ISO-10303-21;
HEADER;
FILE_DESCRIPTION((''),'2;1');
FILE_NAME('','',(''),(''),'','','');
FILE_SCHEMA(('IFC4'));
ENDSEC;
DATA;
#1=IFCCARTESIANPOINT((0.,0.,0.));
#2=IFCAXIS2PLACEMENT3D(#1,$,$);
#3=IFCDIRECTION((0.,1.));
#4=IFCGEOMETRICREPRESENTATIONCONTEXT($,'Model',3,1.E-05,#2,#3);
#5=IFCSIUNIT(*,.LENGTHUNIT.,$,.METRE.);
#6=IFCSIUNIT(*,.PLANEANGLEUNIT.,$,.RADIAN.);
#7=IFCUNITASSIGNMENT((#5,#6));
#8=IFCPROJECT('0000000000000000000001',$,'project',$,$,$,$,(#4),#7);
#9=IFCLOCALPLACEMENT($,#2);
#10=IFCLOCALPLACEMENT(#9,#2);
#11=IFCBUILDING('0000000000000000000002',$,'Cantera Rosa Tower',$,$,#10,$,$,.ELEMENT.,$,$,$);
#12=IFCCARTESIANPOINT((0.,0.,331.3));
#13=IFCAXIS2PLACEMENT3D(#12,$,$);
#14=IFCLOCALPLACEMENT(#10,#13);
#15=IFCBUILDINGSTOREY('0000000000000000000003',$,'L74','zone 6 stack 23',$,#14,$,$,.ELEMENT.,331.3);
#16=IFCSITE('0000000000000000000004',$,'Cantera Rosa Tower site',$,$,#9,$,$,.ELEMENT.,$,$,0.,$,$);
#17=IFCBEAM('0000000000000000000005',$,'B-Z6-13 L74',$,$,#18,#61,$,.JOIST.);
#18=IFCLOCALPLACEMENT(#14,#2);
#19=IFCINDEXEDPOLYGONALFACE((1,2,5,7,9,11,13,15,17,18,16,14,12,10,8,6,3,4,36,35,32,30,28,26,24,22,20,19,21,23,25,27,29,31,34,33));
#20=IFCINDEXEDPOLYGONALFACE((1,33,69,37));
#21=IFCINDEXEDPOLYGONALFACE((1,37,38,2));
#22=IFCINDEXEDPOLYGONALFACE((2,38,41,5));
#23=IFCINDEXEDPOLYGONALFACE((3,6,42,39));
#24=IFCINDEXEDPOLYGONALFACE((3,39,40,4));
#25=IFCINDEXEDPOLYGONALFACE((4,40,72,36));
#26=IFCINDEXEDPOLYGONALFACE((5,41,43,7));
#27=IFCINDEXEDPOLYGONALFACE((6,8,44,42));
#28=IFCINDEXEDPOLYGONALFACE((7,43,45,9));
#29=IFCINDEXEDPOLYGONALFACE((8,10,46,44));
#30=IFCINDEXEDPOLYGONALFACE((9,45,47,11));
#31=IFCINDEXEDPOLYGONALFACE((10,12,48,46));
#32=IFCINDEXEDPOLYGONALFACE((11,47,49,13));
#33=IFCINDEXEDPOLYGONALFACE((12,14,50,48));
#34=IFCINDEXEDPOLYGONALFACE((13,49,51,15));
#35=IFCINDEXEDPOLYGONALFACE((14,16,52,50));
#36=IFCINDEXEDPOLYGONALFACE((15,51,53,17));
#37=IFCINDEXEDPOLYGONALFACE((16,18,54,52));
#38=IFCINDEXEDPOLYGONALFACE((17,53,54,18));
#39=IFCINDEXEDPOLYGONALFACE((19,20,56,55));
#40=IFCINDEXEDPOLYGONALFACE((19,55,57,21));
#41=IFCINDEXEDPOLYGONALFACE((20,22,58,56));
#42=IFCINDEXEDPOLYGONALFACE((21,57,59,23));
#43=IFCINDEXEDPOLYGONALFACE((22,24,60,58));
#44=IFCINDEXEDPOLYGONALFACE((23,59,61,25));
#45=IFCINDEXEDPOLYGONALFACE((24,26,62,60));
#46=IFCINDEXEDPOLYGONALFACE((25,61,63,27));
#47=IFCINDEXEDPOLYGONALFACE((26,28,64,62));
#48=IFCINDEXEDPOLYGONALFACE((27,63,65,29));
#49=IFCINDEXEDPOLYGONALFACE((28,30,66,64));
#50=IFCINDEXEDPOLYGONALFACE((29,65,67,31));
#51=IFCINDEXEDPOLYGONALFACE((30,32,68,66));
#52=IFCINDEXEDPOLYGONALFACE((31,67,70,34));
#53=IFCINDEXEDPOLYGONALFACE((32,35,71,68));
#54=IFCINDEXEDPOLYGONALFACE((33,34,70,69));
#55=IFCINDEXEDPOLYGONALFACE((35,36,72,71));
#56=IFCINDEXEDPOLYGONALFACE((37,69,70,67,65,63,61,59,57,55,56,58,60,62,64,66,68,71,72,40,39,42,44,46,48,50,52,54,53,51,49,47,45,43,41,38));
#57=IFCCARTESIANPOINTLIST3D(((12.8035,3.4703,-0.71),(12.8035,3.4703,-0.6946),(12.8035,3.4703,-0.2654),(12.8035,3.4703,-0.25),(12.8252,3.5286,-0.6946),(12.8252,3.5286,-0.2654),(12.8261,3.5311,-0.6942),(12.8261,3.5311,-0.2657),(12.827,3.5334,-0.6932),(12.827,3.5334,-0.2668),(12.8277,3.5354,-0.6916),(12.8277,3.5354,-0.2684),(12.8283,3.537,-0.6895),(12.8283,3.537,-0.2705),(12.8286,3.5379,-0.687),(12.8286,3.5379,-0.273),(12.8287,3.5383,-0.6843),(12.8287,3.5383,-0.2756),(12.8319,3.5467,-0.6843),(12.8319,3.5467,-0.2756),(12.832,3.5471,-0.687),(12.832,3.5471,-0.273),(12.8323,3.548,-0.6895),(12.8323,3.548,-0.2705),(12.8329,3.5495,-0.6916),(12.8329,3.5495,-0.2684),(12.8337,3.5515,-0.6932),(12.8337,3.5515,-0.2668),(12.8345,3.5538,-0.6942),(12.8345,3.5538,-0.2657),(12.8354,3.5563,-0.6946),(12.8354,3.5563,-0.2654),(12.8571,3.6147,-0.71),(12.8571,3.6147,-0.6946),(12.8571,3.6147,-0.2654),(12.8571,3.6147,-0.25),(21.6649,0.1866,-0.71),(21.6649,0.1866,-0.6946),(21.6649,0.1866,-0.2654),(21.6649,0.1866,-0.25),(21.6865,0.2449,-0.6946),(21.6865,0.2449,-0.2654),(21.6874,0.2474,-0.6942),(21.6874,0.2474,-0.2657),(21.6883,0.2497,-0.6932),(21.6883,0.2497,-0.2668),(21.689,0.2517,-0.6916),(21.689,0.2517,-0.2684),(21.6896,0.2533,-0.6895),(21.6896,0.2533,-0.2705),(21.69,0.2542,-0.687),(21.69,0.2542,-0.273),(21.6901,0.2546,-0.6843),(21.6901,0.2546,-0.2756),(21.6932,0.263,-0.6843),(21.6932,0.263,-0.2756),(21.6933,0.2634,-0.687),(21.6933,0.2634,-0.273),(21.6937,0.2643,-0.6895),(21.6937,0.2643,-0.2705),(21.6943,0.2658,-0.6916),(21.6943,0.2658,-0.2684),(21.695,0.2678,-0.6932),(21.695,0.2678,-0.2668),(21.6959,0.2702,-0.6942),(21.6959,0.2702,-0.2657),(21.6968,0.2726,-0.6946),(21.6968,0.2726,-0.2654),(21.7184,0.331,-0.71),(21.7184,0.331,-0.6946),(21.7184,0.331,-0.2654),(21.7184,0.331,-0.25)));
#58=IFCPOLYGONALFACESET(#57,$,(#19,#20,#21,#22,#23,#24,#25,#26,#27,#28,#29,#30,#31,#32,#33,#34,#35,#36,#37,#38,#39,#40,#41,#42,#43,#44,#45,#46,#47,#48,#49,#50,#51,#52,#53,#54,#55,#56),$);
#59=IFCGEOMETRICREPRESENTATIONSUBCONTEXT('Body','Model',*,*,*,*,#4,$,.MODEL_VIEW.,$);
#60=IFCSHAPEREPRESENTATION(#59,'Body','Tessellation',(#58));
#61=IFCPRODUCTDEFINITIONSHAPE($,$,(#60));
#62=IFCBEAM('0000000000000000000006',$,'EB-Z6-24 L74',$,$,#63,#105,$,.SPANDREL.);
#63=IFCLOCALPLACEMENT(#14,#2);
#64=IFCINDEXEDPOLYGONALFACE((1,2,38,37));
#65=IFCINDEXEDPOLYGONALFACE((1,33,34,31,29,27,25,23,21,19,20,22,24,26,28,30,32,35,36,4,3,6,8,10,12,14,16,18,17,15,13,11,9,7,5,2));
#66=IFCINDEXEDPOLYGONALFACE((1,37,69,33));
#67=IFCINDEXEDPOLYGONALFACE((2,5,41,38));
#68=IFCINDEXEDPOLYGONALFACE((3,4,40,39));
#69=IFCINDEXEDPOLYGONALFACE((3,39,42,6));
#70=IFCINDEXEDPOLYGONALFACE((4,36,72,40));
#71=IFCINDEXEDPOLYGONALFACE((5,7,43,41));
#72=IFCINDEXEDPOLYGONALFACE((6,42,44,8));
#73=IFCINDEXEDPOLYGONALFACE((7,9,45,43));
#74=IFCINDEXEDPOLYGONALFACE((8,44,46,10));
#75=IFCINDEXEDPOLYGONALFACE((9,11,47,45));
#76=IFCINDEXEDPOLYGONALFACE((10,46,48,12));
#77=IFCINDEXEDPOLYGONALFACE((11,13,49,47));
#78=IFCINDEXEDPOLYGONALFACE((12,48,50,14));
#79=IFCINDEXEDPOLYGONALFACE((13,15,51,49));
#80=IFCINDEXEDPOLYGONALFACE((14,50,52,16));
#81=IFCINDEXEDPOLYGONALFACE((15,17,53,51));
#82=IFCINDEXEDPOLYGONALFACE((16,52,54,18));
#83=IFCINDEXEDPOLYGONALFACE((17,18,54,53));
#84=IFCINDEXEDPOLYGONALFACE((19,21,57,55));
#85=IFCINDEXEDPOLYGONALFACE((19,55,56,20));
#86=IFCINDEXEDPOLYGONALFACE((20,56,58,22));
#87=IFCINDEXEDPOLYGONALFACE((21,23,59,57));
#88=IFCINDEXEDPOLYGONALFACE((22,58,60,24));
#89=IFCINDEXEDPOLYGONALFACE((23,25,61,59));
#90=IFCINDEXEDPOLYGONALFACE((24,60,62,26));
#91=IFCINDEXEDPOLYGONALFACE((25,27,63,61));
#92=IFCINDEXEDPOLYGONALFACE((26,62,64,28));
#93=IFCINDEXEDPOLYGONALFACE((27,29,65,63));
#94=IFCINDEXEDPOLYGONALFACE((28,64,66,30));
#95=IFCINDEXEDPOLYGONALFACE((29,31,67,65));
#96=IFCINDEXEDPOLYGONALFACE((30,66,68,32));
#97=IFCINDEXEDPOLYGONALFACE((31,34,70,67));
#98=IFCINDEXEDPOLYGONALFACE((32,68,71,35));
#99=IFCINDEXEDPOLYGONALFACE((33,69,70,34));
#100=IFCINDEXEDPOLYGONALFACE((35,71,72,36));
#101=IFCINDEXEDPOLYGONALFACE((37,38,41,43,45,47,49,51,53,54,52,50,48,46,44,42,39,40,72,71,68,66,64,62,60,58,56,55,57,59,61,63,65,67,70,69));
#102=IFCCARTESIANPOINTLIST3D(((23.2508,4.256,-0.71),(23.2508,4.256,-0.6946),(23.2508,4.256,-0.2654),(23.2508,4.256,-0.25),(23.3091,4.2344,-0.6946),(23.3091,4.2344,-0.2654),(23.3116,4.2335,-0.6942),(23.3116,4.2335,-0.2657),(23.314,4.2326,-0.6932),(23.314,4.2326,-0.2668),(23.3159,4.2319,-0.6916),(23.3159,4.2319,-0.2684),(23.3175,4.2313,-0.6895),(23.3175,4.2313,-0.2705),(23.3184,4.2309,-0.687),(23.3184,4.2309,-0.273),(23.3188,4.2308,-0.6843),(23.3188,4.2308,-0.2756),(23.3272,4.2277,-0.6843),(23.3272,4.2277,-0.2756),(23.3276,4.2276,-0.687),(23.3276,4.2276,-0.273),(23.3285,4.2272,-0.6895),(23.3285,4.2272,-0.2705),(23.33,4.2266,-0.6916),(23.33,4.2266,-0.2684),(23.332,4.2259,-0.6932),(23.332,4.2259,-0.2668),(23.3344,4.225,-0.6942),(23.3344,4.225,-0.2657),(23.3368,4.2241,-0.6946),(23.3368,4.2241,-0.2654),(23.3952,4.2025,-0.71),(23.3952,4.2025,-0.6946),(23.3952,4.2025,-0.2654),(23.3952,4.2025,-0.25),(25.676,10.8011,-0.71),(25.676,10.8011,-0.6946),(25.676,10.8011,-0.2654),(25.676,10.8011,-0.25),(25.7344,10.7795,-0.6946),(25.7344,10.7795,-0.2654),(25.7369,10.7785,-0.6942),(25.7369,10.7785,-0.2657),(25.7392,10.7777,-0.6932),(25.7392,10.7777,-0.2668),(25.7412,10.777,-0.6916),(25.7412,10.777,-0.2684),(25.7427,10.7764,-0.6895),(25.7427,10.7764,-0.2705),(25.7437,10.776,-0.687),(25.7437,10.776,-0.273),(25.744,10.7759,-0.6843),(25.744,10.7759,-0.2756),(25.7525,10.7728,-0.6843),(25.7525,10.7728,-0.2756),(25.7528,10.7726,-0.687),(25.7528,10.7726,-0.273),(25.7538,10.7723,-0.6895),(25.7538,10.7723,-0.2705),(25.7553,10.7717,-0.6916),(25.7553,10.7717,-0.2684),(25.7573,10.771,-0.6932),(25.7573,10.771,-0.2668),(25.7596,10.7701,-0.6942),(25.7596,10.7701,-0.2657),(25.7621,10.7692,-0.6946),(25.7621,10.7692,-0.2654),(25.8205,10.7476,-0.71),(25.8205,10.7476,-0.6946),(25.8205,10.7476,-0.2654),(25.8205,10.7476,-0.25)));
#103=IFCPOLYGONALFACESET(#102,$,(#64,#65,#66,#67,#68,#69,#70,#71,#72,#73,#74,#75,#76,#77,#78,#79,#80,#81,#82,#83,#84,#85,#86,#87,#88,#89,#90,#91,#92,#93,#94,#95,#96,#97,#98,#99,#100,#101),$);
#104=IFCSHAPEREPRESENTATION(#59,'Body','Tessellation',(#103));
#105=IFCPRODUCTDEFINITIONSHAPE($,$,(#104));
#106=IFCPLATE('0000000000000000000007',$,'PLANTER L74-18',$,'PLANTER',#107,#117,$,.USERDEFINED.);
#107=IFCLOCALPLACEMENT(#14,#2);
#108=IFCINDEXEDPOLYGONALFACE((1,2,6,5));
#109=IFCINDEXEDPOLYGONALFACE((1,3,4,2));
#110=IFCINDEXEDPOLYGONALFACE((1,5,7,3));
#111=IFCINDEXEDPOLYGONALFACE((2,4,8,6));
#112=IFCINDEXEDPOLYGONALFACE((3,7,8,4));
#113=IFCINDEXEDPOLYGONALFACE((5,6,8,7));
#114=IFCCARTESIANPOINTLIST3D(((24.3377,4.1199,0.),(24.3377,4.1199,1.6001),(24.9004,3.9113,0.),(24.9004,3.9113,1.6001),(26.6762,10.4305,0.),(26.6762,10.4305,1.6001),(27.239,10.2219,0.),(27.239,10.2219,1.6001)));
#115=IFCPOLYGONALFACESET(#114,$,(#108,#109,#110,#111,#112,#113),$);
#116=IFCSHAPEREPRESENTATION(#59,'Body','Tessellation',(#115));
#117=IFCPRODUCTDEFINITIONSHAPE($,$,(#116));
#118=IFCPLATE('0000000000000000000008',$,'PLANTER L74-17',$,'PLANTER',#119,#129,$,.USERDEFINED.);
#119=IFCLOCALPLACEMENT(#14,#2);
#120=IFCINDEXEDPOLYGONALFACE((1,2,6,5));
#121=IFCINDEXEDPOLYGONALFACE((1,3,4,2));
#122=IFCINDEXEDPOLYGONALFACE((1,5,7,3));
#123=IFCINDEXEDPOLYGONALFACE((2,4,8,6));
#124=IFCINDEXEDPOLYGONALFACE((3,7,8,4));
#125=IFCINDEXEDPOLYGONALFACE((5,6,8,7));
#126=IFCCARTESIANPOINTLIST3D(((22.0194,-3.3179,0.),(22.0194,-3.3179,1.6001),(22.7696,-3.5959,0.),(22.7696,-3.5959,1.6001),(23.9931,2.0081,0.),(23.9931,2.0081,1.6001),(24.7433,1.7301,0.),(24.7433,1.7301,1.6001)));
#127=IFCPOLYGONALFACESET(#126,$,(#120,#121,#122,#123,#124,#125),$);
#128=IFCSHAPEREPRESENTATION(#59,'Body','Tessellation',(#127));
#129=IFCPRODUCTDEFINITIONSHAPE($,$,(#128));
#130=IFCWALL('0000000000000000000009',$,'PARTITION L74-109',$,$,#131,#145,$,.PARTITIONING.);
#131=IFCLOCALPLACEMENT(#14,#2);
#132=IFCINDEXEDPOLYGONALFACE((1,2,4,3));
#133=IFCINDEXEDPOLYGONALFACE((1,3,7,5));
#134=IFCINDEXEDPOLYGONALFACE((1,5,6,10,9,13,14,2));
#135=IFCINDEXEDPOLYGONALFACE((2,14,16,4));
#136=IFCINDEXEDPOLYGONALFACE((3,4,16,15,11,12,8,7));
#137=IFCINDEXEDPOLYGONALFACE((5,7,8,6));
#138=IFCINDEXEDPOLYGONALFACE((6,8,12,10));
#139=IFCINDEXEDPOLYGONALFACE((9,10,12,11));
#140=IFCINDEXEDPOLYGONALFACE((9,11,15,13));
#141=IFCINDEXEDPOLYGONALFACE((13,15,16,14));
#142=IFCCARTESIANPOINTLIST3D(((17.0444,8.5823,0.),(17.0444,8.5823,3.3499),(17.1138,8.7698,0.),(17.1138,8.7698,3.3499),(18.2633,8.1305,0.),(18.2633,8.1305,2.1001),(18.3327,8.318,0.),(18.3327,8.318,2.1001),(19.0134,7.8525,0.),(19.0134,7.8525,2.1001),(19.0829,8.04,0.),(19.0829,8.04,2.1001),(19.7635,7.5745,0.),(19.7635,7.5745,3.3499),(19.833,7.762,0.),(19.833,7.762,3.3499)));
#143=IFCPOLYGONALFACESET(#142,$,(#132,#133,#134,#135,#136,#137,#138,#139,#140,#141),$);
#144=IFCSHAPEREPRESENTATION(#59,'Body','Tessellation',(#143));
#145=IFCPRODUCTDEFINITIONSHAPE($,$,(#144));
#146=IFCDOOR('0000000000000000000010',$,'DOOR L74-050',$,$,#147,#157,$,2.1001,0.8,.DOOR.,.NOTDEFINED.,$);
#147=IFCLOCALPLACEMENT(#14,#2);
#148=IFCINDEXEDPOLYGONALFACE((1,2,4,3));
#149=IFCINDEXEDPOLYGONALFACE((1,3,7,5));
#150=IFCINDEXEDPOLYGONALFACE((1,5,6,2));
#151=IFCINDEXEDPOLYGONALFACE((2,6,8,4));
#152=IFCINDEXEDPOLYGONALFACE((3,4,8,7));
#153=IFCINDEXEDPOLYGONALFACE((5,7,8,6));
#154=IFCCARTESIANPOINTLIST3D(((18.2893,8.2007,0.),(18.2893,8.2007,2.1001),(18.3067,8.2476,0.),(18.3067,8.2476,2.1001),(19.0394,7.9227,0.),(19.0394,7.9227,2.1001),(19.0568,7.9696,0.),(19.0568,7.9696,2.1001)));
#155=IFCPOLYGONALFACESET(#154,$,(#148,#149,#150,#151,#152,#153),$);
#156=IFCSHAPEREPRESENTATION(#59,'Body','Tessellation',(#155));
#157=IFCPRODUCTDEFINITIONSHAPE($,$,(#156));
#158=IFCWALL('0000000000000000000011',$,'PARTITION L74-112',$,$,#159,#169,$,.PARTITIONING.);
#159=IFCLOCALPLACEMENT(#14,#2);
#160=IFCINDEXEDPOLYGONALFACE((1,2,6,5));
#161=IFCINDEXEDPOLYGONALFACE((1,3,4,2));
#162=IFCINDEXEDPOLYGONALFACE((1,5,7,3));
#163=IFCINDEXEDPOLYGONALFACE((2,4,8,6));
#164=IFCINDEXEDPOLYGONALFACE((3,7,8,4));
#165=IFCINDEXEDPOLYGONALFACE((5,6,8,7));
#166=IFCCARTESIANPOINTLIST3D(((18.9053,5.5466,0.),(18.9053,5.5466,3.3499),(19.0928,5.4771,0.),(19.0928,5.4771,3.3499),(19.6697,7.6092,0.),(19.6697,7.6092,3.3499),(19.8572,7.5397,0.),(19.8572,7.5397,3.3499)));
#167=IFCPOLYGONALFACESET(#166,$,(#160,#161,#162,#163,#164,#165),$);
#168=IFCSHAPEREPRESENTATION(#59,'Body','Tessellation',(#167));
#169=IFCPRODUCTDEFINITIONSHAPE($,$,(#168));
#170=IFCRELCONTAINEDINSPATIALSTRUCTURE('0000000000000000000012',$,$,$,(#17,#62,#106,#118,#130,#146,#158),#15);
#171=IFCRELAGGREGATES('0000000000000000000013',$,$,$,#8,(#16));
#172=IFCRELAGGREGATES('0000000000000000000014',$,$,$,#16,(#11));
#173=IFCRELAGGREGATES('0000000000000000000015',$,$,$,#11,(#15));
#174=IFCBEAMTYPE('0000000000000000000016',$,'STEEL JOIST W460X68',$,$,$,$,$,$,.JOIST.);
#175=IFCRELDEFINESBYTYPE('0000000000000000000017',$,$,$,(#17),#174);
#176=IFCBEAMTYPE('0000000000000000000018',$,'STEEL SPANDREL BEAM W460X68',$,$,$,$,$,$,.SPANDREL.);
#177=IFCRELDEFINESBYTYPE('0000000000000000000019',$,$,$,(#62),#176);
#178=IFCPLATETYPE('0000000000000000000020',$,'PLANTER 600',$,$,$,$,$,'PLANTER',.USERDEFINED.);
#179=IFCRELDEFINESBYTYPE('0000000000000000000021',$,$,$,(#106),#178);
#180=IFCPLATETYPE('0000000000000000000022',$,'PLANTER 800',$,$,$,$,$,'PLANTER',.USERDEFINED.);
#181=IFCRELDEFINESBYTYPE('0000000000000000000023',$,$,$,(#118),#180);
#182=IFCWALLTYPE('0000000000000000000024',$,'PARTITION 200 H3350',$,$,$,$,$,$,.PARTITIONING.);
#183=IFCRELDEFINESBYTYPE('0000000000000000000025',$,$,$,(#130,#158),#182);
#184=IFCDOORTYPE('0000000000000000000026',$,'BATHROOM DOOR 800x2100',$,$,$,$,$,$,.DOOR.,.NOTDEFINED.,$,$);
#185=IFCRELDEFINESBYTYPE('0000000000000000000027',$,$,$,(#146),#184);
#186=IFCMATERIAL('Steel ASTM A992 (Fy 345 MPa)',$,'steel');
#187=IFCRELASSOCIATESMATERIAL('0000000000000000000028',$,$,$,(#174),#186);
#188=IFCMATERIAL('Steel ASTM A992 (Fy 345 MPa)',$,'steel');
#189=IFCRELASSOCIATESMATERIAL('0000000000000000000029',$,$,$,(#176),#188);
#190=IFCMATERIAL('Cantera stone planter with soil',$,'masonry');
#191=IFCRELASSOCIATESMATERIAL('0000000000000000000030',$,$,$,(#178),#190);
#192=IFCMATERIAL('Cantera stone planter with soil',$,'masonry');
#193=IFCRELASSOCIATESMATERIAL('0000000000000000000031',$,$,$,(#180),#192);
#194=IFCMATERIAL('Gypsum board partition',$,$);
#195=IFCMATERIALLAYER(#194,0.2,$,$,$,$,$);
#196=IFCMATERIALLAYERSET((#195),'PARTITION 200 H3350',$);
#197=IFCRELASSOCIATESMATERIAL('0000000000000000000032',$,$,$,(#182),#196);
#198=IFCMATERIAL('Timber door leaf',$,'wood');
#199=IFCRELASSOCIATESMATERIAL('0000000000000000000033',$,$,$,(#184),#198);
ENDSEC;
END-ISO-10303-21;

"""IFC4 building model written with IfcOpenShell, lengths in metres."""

from ifc_helpers import new_model, si_unit, direction, frame, frame_2d, origin, origin_2d, place, context, subcontext, project, spatial, rectangle, i_section, extrude, material, layer, layer_set, material_profile, profile_set, type_object, element, fill, save


model = new_model("IFC4")

# Units and contexts
model_context = context("Model", 3, precision=1e-05, world=origin(), true_north=direction((0.0, 1.0)))
body_context = subcontext(model_context, "Body", "Model", "MODEL_VIEW")
ifc_project = project(units=[si_unit("LENGTHUNIT", "METRE"), si_unit("PLANEANGLEUNIT", "RADIAN")], contexts=[model_context])

# Site, building, storey
site_placement = place(None, origin())
site = spatial("IfcSite", under=ifc_project, at=site_placement, Name="Cantera Rosa Tower site", CompositionType="ELEMENT", RefElevation=0.0)
building_placement = place(site_placement, origin())
building = spatial("IfcBuilding", under=site, at=building_placement, Name="Cantera Rosa Tower", CompositionType="ELEMENT")
storey_placement = place(building_placement, frame((0.0, 0.0, 331.3)))
storey = spatial("IfcBuildingStorey", under=building, at=storey_placement, Name="L74", Description="zone 6 stack 23", CompositionType="ELEMENT", Elevation=331.3)

# Beams
ifc_material_1 = material(Name="Steel ASTM A992 (Fy 345 MPa)", Category="steel")
ifc_material_profile_1 = material_profile(ifc_material_1, i_section(OverallWidth=0.1541, OverallDepth=0.46, WebThickness=0.009, FlangeThickness=0.0154, FilletRadius=0.0103, at=origin_2d()), Name="W460X68")
ifc_profile_set_1 = profile_set([ifc_material_profile_1], Name="Steel ASTM A992 (Fy 345 MPa)")
beam_type_1 = type_object("IfcBeamType", Name="STEEL JOIST W460X68", PredefinedType="JOIST", material=ifc_profile_set_1)
beam_1_placement = place(storey_placement, frame((21.6917, 0.2588, -0.48), z_axis=(-0.93769, 0.347474, 0.0), x_axis=(-0.347474, -0.93769, 0.0)))
element("IfcBeam", 1, at=beam_1_placement, inside=storey, type_object=beam_type_1, Name="B-Z6-13 L74", PredefinedType="JOIST", context=body_context, shape_type="SweptSolid", body=[
    extrude(i_section(OverallWidth=0.1541, OverallDepth=0.46, WebThickness=0.009, FlangeThickness=0.0154, FilletRadius=0.0103, at=origin_2d()), origin(), (0.0, 0.0, 1.0), 9.4502),
])
ifc_material_2 = material(Name="Steel ASTM A992 (Fy 345 MPa)", Category="steel")
ifc_material_profile_2 = material_profile(ifc_material_2, i_section(OverallWidth=0.1541, OverallDepth=0.46, WebThickness=0.009, FlangeThickness=0.0154, FilletRadius=0.0103, at=origin_2d()), Name="W460X68")
ifc_profile_set_2 = profile_set([ifc_material_profile_2], Name="Steel ASTM A992 (Fy 345 MPa)")
beam_type_2 = type_object("IfcBeamType", Name="STEEL SPANDREL BEAM W460X68", PredefinedType="SPANDREL", material=ifc_profile_set_2)
beam_2_placement = place(storey_placement, frame((23.323, 4.2292, -0.48), z_axis=(0.34746, 0.937695, 0.0), x_axis=(-0.937695, 0.34746, 0.0)))
element("IfcBeam", 2, at=beam_2_placement, inside=storey, type_object=beam_type_2, Name="EB-Z6-24 L74", PredefinedType="SPANDREL", context=body_context, shape_type="SweptSolid", body=[
    extrude(i_section(OverallWidth=0.1541, OverallDepth=0.46, WebThickness=0.009, FlangeThickness=0.0154, FilletRadius=0.0103, at=origin_2d()), origin(), (0.0, 0.0, 1.0), 6.98),
])

# Plates
ifc_material_3 = material(Name="Cantera stone planter with soil", Category="masonry")
plate_type_1 = type_object("IfcPlateType", Name="PLANTER 600", ElementType="PLANTER", PredefinedType="USERDEFINED", material=ifc_material_3)
plate_1_placement = place(storey_placement, frame((25.7883, 7.1709, 0.0), z_axis=(0.0, 0.0, 1.0), x_axis=(0.347481, 0.937687, 0.0)))
element("IfcPlate", 3, at=plate_1_placement, inside=storey, type_object=plate_type_1, Name="PLANTER L74-18", ObjectType="PLANTER", PredefinedType="USERDEFINED", context=body_context, shape_type="SweptSolid", body=[
    extrude(rectangle(XDim=6.73, YDim=0.6001, at=origin_2d()), origin(), (0.0, 0.0, 1.0), 1.6001),
])
ifc_material_4 = material(Name="Cantera stone planter with soil", Category="masonry")
plate_type_2 = type_object("IfcPlateType", Name="PLANTER 800", ElementType="PLANTER", PredefinedType="USERDEFINED", material=ifc_material_4)
plate_2_placement = place(storey_placement, frame((23.3813, -0.7939, 0.0), z_axis=(0.0, 0.0, 1.0), x_axis=(0.347481, 0.937687, 0.0)))
element("IfcPlate", 4, at=plate_2_placement, inside=storey, type_object=plate_type_2, Name="PLANTER L74-17", ObjectType="PLANTER", PredefinedType="USERDEFINED", context=body_context, shape_type="SweptSolid", body=[
    extrude(rectangle(XDim=5.6799, YDim=0.8, at=origin_2d()), origin(), (0.0, 0.0, 1.0), 1.6001),
])

# Wall, opening, door
ifc_material_5 = material(Name="Gypsum board partition")
ifc_layer_1 = layer(ifc_material_5, 0.2)
ifc_layer_set_1 = layer_set([ifc_layer_1], Name="PARTITION 200 H3350")
wall_type_1 = type_object("IfcWallType", Name="PARTITION 200 H3350", PredefinedType="PARTITIONING", material=ifc_layer_set_1)
wall_1_placement = place(storey_placement, frame((17.0791, 8.676, 0.0), z_axis=(0.0, 0.0, 1.0), x_axis=(0.937672, -0.347523, 0.0)))
wall_1 = element("IfcWall", 5, at=wall_1_placement, inside=storey, type_object=wall_type_1, Name="PARTITION L74-109", PredefinedType="PARTITIONING", context=body_context, shape_type="SweptSolid", body=[
    extrude(rectangle(XDim=2.8999, YDim=0.2, at=frame_2d((1.45, 0.0))), origin(), (0.0, 0.0, 1.0), 3.3499),
])
opening_1_placement = place(wall_1_placement, frame((1.3, 0.0, 0.0)))
opening_1 = element("IfcOpeningElement", 6, at=opening_1_placement, cuts=wall_1, PredefinedType="OPENING", context=body_context, shape_type="SweptSolid", body=[
    extrude(rectangle(XDim=0.8, YDim=2.1001, at=frame_2d((0.3999, 1.05))), frame((0.0, 0.1099, 0.0), z_axis=(0.0, -1.0, 0.0), x_axis=(1.0, 0.0, 0.0)), (0.0, 0.0, 1.0), 0.22),
])
ifc_material_6 = material(Name="Timber door leaf", Category="wood")
door_type_1 = type_object("IfcDoorType", Name="BATHROOM DOOR 800x2100", OperationType="NOTDEFINED", PredefinedType="DOOR", material=ifc_material_6)
door_1_placement = place(opening_1_placement, origin())
door_1 = element("IfcDoor", 7, at=door_1_placement, inside=storey, type_object=door_type_1, Name="DOOR L74-050", OperationType="NOTDEFINED", OverallHeight=2.1001, OverallWidth=0.8, PredefinedType="DOOR", context=body_context, shape_type="SweptSolid", body=[
    extrude(rectangle(XDim=0.8, YDim=2.1001, at=frame_2d((0.3999, 1.05))), frame((0.0, 0.0249, 0.0), z_axis=(0.0, -1.0, 0.0), x_axis=(1.0, 0.0, 0.0)), (0.0, 0.0, 1.0), 0.05),
])
fill(opening_1, door_1)

# Wall
wall_2_placement = place(storey_placement, frame((19.7634, 7.5745, 0.0), z_axis=(0.0, 0.0, 1.0), x_axis=(-0.347484, -0.937686, 0.0)))
element("IfcWall", 8, at=wall_2_placement, inside=storey, type_object=wall_type_1, Name="PARTITION L74-112", PredefinedType="PARTITIONING", context=body_context, shape_type="SweptSolid", body=[
    extrude(rectangle(XDim=2.1997, YDim=0.2, at=frame_2d((1.0999, 0.0))), origin(), (0.0, 0.0, 1.0), 3.3499),
])

save(model, "model.ifc")
